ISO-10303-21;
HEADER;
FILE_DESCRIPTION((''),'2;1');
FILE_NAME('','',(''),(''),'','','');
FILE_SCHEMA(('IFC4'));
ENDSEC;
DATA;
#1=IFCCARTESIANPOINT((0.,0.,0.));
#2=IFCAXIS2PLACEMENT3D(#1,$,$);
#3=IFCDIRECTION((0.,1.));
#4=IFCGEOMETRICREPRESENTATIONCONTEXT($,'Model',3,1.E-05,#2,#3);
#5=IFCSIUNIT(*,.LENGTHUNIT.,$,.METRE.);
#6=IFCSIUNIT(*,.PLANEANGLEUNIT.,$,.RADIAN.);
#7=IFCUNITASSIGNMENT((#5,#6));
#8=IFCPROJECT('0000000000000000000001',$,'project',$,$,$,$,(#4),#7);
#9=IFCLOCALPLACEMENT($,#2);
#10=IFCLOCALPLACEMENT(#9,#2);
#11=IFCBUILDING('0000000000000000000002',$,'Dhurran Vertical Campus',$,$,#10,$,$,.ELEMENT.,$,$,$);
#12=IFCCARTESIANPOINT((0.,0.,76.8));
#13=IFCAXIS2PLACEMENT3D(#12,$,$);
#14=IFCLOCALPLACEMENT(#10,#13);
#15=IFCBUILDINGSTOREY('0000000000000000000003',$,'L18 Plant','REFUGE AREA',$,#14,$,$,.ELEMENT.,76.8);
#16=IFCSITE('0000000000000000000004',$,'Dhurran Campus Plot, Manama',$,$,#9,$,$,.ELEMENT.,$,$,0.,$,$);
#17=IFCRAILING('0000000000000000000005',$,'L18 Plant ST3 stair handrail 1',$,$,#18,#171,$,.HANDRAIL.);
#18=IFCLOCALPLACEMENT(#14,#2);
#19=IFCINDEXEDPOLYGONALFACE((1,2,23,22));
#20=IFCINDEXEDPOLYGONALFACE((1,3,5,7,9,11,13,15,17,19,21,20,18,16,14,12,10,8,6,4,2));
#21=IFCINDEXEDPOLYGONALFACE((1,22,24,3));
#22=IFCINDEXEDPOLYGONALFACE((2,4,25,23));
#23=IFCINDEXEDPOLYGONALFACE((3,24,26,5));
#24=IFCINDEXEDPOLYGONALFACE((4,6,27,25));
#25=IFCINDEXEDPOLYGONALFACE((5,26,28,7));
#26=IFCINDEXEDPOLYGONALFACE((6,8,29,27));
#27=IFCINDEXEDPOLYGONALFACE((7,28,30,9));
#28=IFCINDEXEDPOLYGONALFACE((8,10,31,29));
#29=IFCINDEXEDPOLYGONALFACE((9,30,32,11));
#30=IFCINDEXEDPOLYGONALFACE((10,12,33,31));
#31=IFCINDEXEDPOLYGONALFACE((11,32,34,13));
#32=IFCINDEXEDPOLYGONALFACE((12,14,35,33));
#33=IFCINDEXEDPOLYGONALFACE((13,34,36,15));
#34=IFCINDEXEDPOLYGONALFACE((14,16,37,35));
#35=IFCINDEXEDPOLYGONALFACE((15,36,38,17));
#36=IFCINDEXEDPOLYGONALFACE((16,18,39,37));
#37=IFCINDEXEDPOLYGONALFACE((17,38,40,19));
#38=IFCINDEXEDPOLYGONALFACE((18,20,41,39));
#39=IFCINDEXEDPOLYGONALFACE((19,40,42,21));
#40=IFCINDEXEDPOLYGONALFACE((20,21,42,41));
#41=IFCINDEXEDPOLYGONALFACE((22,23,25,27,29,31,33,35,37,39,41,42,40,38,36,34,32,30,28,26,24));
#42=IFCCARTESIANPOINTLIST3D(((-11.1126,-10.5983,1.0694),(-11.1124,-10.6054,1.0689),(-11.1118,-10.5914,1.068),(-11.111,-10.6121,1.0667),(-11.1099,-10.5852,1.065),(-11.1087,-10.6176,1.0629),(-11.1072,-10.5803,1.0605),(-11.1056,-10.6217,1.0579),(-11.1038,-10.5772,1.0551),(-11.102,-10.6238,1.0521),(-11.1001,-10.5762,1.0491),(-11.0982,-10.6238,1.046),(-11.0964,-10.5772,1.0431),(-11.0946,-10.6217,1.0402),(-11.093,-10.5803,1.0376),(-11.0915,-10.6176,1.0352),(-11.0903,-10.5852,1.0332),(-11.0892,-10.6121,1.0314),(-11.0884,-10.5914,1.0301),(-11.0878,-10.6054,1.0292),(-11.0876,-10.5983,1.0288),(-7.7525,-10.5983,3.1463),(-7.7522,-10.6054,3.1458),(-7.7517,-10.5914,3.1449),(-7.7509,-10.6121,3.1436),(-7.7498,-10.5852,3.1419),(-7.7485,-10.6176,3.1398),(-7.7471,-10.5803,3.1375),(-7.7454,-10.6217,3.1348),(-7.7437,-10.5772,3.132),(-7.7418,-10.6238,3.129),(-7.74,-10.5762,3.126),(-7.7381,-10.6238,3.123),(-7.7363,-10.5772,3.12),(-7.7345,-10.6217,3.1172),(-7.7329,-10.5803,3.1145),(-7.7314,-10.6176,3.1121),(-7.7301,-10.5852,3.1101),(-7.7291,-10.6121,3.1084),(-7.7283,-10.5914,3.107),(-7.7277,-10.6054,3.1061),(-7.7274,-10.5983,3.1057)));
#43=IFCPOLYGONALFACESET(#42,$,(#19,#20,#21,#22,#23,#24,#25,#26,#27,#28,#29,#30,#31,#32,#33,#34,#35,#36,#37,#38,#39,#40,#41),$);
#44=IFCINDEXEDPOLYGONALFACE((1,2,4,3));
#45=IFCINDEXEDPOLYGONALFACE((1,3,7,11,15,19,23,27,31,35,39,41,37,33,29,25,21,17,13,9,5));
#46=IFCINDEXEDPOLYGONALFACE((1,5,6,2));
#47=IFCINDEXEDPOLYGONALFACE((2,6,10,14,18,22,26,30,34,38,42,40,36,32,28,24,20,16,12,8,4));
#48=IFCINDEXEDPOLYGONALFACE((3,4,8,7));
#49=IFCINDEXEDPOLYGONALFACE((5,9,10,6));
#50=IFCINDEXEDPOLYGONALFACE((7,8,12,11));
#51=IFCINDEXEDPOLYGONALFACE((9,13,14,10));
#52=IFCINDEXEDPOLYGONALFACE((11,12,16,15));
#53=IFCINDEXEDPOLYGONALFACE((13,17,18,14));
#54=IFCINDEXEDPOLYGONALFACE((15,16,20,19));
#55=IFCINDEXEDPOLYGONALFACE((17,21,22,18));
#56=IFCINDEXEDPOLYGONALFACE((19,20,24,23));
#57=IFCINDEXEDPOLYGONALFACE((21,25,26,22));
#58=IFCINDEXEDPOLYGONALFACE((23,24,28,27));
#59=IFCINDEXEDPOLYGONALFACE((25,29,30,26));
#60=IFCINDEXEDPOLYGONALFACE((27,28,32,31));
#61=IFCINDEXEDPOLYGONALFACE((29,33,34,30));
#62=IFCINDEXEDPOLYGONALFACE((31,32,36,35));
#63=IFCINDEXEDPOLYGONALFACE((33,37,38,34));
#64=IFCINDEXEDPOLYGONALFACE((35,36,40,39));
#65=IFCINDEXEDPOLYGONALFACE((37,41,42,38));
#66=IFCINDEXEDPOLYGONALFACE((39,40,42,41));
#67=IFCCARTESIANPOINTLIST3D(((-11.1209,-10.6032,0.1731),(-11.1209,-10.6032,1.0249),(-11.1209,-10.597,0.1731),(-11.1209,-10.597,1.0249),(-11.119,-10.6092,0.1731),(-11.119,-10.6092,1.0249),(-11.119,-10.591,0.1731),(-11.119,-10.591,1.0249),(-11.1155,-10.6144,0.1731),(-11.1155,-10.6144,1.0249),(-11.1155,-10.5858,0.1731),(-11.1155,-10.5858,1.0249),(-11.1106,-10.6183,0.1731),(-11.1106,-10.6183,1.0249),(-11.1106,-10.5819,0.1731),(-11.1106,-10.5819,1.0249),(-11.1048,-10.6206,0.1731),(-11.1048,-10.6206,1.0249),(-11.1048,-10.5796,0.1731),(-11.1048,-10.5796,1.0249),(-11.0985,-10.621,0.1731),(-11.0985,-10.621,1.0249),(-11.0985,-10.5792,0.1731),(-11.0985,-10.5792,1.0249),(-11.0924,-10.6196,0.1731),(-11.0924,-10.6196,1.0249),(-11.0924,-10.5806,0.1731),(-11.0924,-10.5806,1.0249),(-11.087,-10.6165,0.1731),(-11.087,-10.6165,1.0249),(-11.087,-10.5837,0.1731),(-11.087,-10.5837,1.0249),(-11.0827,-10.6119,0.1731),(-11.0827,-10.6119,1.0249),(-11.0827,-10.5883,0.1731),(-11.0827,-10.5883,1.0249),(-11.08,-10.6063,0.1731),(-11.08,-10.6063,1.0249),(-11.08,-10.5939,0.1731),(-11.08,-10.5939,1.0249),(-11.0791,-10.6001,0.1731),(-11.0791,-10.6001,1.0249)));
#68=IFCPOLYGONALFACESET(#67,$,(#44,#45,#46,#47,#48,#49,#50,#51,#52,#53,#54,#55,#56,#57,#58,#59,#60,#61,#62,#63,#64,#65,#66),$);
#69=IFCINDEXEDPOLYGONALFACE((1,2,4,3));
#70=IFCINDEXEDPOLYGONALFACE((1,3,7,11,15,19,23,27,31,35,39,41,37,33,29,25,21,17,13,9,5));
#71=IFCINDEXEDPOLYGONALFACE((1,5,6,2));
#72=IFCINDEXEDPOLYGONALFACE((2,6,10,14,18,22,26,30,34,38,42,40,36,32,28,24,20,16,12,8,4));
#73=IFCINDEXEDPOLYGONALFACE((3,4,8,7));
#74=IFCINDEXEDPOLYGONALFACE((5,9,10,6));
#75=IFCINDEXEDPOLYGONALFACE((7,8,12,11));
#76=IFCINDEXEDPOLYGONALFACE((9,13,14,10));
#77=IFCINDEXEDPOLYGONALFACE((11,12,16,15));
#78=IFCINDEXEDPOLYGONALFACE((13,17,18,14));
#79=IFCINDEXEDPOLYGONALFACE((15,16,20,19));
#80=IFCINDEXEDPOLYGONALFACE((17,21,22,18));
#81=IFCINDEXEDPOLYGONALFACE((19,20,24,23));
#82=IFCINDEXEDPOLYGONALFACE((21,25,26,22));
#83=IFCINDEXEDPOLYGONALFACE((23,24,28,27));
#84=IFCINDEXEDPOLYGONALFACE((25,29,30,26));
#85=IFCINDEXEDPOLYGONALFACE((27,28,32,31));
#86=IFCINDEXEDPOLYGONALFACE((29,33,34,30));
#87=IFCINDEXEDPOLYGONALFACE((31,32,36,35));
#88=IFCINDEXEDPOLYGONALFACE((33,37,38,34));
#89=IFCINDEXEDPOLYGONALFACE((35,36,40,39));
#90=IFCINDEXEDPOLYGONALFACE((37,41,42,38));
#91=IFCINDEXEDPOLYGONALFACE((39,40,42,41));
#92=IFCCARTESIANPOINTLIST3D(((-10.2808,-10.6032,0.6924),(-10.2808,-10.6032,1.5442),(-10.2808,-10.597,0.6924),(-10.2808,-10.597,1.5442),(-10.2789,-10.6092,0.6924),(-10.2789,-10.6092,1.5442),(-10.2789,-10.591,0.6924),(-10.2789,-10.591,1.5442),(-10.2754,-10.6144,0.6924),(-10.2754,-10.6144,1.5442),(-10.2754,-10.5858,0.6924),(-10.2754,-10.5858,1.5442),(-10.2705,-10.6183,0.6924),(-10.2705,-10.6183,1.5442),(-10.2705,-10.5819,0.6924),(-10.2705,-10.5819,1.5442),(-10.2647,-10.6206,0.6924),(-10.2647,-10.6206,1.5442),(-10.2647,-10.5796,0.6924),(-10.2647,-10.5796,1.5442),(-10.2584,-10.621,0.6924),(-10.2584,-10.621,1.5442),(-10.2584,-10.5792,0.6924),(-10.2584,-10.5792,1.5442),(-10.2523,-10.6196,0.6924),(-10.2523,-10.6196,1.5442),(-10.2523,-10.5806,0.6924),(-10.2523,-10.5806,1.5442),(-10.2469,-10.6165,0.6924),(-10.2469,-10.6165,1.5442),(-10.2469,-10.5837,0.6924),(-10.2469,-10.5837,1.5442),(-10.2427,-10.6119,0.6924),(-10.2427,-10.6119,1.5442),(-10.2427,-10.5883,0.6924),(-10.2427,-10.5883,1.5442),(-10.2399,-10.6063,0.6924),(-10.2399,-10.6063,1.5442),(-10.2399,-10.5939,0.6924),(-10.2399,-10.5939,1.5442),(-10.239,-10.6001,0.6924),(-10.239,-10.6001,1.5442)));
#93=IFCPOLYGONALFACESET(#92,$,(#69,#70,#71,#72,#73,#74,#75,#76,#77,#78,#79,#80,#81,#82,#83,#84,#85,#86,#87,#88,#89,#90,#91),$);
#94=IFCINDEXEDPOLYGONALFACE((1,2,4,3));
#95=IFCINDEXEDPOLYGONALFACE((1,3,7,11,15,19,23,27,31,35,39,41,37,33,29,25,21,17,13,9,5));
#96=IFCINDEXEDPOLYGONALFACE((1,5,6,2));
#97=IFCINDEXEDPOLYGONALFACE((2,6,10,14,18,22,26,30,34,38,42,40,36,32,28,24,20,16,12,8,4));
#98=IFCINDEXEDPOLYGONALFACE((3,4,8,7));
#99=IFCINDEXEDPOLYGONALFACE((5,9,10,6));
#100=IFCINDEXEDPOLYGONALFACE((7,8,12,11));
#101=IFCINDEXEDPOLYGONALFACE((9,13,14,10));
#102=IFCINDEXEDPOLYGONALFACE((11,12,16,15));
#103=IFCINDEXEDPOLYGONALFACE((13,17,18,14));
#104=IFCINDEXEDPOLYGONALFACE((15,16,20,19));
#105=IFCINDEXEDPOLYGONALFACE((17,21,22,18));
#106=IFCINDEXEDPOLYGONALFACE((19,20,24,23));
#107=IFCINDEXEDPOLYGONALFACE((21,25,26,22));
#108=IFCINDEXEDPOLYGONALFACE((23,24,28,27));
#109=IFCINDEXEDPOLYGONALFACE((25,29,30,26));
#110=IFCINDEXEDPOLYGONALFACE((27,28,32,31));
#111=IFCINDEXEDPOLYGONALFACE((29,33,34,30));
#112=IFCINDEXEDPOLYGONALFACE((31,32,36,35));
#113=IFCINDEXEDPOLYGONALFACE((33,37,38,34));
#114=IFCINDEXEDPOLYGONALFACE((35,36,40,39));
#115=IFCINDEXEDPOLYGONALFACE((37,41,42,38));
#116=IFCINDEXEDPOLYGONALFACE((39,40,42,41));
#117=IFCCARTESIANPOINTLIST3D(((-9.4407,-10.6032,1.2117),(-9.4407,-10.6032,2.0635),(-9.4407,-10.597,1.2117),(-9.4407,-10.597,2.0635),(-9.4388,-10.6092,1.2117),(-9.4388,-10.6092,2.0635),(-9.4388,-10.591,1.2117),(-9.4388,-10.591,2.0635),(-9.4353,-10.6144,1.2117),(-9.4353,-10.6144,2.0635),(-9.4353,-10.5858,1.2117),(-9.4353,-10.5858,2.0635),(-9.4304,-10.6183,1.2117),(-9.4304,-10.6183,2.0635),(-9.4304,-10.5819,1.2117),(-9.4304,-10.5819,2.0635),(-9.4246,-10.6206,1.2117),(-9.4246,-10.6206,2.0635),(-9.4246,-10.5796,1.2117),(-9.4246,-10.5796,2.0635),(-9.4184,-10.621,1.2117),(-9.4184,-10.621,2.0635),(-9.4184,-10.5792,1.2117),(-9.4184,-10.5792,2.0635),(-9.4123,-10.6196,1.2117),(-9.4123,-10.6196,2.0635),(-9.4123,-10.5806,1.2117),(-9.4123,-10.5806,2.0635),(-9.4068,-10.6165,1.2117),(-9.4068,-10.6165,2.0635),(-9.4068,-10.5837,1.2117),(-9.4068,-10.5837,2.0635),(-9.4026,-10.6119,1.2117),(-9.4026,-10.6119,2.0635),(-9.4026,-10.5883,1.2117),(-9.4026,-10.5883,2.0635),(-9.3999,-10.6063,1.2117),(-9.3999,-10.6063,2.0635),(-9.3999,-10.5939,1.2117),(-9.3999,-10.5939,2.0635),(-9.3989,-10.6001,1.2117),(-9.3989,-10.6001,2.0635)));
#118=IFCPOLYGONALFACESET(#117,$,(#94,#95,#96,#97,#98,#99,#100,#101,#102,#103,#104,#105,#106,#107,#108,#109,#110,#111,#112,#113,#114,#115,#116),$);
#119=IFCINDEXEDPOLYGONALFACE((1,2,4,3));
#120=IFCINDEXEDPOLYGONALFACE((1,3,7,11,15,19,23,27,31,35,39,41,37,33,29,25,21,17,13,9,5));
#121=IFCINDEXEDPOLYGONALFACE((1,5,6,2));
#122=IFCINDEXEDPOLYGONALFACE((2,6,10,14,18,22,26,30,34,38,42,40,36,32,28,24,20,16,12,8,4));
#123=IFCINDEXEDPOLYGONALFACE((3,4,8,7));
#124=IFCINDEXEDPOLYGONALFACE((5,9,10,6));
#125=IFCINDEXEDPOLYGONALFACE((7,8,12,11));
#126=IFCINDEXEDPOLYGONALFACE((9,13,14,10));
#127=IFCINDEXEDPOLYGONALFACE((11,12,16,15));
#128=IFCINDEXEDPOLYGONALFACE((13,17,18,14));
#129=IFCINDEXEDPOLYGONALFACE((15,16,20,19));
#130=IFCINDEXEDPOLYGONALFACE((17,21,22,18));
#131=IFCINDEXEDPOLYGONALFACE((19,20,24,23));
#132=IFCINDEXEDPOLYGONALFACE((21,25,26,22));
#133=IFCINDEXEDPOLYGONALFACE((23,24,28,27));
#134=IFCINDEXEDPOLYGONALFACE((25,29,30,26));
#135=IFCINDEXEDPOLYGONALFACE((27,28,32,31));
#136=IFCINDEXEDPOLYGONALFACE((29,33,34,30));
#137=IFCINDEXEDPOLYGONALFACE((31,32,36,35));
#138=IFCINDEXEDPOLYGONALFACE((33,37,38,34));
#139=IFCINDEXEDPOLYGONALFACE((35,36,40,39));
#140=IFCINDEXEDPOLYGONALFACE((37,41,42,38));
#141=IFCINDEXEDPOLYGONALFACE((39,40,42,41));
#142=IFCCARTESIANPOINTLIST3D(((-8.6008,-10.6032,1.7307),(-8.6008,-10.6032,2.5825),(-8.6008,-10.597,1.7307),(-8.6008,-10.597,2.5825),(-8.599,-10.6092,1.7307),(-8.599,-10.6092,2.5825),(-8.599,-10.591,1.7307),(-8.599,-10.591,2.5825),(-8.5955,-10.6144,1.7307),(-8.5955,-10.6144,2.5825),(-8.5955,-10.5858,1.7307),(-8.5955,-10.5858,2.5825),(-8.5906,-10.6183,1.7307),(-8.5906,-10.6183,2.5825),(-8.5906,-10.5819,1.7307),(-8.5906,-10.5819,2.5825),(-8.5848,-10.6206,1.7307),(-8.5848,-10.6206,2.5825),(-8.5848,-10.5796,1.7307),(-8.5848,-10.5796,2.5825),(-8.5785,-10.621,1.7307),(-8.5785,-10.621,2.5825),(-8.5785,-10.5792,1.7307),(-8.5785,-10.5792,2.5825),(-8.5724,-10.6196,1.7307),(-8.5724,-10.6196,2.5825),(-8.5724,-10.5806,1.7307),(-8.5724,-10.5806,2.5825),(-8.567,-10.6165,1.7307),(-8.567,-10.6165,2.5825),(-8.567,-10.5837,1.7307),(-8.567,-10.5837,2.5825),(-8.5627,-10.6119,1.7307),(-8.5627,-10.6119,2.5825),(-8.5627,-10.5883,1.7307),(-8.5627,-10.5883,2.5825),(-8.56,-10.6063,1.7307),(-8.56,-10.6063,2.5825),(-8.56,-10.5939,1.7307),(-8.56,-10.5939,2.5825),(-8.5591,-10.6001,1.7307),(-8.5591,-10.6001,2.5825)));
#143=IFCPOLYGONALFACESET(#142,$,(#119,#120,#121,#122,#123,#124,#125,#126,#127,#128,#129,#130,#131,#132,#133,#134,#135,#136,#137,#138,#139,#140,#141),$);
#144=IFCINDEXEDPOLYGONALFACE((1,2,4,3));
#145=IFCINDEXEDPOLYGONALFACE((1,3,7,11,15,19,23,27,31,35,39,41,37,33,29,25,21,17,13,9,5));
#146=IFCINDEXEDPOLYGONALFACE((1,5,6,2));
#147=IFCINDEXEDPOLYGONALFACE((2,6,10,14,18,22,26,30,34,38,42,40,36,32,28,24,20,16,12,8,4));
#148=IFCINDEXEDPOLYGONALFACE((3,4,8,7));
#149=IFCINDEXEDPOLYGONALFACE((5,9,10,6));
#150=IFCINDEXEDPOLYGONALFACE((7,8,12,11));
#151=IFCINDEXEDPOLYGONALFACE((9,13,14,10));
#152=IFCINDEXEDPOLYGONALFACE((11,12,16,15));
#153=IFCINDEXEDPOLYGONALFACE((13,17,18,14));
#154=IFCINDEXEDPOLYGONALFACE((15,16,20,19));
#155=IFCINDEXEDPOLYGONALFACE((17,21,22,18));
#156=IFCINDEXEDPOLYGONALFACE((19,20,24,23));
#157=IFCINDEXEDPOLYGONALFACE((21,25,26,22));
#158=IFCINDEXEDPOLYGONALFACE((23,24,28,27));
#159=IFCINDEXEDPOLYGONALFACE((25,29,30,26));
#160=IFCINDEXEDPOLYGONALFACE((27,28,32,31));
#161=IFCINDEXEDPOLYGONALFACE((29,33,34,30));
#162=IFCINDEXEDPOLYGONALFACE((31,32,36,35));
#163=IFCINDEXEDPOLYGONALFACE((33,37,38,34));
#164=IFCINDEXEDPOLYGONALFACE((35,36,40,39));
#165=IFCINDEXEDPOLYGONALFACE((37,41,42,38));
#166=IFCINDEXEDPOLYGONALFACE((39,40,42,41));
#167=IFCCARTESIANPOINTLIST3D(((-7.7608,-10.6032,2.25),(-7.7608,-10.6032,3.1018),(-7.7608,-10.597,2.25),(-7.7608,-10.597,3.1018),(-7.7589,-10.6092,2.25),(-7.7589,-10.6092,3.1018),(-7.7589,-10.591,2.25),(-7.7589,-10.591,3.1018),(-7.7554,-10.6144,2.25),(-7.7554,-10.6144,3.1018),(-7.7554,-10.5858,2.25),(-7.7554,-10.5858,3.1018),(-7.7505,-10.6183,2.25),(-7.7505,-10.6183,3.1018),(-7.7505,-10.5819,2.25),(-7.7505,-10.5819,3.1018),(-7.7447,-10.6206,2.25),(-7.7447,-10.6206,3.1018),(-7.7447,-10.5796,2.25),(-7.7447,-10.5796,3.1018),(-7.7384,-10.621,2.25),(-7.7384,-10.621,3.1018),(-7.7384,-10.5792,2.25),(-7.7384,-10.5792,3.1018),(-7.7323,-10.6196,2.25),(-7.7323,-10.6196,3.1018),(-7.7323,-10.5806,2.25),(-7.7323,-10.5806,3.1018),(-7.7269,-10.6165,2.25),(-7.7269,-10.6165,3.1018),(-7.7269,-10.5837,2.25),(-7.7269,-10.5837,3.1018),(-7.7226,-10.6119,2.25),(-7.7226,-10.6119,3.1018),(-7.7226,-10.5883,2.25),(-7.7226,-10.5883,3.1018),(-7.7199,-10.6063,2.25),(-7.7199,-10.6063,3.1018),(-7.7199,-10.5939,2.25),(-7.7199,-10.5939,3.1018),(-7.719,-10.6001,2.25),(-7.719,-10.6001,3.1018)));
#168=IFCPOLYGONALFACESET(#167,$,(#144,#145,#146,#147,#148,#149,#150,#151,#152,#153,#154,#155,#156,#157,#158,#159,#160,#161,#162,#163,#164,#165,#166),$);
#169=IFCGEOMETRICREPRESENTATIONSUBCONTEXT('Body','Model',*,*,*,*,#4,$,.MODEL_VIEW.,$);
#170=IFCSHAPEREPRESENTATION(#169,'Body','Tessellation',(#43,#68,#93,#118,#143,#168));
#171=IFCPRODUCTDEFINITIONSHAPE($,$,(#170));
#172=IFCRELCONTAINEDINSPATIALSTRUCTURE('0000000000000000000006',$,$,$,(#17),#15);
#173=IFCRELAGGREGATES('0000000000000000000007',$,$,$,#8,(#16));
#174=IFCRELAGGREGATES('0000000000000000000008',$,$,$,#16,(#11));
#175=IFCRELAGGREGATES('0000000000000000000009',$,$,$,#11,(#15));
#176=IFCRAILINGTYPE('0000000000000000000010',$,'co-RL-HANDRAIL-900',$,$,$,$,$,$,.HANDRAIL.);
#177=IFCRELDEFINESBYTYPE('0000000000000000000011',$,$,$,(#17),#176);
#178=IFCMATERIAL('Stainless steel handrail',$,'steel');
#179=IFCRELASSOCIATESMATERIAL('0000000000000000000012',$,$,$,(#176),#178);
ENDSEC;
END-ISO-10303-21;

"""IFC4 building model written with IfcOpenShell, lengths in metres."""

from ifc_helpers import new_model, si_unit, direction, frame, origin, origin_2d, place, context, subcontext, project, spatial, circle, extrude, material, type_object, element, save


model = new_model("IFC4")

# Units and contexts
model_context = context("Model", 3, precision=1e-05, world=origin(), true_north=direction((0.0, 1.0)))
body_context = subcontext(model_context, "Body", "Model", "MODEL_VIEW")
ifc_project = project(units=[si_unit("LENGTHUNIT", "METRE"), si_unit("PLANEANGLEUNIT", "RADIAN")], contexts=[model_context])

# Site, building, storey
site_placement = place(None, origin())
site = spatial("IfcSite", under=ifc_project, at=site_placement, Name="Dhurran Campus Plot, Manama", CompositionType="ELEMENT", RefElevation=0.0)
building_placement = place(site_placement, origin())
building = spatial("IfcBuilding", under=site, at=building_placement, Name="Dhurran Vertical Campus", CompositionType="ELEMENT")
storey_placement = place(building_placement, frame((0.0, 0.0, 76.8)))
storey = spatial("IfcBuildingStorey", under=building, at=storey_placement, Name="L18 Plant", Description="REFUGE AREA", CompositionType="ELEMENT", Elevation=76.8)

# Railing
ifc_material_1 = material(Name="Stainless steel handrail", Category="steel")
railing_type_1 = type_object("IfcRailingType", Name="co-RL-HANDRAIL-900", PredefinedType="HANDRAIL", material=ifc_material_1)
railing_1_placement = place(storey_placement, frame((-11.1001, -10.6001, 0.1731)))
element("IfcRailing", 1, at=railing_1_placement, inside=storey, type_object=railing_type_1, Name="L18 Plant ST3 stair handrail 1", PredefinedType="HANDRAIL", context=body_context, shape_type="SweptSolid", body=[
    extrude(circle(Radius=0.0239, at=origin_2d()), frame((0.0, 0.0, 0.876), z_axis=(0.850623, 0.0, 0.525776), x_axis=(0.0, 1.0, 0.0)), (0.0, 0.0, 1.0), 3.9502),
    extrude(circle(Radius=0.021, at=origin_2d()), origin(), (0.0, 0.0, 1.0), 0.8518),
    extrude(circle(Radius=0.021, at=origin_2d()), frame((0.8401, 0.0, 0.5193)), (0.0, 0.0, 1.0), 0.8518),
    extrude(circle(Radius=0.021, at=origin_2d()), frame((1.6802, 0.0, 1.0386)), (0.0, 0.0, 1.0), 0.8518),
    extrude(circle(Radius=0.021, at=origin_2d()), frame((2.52, 0.0, 1.5576)), (0.0, 0.0, 1.0), 0.8518),
    extrude(circle(Radius=0.021, at=origin_2d()), frame((3.3601, 0.0, 2.0769)), (0.0, 0.0, 1.0), 0.8518),
])

save(model, "model.ifc")
